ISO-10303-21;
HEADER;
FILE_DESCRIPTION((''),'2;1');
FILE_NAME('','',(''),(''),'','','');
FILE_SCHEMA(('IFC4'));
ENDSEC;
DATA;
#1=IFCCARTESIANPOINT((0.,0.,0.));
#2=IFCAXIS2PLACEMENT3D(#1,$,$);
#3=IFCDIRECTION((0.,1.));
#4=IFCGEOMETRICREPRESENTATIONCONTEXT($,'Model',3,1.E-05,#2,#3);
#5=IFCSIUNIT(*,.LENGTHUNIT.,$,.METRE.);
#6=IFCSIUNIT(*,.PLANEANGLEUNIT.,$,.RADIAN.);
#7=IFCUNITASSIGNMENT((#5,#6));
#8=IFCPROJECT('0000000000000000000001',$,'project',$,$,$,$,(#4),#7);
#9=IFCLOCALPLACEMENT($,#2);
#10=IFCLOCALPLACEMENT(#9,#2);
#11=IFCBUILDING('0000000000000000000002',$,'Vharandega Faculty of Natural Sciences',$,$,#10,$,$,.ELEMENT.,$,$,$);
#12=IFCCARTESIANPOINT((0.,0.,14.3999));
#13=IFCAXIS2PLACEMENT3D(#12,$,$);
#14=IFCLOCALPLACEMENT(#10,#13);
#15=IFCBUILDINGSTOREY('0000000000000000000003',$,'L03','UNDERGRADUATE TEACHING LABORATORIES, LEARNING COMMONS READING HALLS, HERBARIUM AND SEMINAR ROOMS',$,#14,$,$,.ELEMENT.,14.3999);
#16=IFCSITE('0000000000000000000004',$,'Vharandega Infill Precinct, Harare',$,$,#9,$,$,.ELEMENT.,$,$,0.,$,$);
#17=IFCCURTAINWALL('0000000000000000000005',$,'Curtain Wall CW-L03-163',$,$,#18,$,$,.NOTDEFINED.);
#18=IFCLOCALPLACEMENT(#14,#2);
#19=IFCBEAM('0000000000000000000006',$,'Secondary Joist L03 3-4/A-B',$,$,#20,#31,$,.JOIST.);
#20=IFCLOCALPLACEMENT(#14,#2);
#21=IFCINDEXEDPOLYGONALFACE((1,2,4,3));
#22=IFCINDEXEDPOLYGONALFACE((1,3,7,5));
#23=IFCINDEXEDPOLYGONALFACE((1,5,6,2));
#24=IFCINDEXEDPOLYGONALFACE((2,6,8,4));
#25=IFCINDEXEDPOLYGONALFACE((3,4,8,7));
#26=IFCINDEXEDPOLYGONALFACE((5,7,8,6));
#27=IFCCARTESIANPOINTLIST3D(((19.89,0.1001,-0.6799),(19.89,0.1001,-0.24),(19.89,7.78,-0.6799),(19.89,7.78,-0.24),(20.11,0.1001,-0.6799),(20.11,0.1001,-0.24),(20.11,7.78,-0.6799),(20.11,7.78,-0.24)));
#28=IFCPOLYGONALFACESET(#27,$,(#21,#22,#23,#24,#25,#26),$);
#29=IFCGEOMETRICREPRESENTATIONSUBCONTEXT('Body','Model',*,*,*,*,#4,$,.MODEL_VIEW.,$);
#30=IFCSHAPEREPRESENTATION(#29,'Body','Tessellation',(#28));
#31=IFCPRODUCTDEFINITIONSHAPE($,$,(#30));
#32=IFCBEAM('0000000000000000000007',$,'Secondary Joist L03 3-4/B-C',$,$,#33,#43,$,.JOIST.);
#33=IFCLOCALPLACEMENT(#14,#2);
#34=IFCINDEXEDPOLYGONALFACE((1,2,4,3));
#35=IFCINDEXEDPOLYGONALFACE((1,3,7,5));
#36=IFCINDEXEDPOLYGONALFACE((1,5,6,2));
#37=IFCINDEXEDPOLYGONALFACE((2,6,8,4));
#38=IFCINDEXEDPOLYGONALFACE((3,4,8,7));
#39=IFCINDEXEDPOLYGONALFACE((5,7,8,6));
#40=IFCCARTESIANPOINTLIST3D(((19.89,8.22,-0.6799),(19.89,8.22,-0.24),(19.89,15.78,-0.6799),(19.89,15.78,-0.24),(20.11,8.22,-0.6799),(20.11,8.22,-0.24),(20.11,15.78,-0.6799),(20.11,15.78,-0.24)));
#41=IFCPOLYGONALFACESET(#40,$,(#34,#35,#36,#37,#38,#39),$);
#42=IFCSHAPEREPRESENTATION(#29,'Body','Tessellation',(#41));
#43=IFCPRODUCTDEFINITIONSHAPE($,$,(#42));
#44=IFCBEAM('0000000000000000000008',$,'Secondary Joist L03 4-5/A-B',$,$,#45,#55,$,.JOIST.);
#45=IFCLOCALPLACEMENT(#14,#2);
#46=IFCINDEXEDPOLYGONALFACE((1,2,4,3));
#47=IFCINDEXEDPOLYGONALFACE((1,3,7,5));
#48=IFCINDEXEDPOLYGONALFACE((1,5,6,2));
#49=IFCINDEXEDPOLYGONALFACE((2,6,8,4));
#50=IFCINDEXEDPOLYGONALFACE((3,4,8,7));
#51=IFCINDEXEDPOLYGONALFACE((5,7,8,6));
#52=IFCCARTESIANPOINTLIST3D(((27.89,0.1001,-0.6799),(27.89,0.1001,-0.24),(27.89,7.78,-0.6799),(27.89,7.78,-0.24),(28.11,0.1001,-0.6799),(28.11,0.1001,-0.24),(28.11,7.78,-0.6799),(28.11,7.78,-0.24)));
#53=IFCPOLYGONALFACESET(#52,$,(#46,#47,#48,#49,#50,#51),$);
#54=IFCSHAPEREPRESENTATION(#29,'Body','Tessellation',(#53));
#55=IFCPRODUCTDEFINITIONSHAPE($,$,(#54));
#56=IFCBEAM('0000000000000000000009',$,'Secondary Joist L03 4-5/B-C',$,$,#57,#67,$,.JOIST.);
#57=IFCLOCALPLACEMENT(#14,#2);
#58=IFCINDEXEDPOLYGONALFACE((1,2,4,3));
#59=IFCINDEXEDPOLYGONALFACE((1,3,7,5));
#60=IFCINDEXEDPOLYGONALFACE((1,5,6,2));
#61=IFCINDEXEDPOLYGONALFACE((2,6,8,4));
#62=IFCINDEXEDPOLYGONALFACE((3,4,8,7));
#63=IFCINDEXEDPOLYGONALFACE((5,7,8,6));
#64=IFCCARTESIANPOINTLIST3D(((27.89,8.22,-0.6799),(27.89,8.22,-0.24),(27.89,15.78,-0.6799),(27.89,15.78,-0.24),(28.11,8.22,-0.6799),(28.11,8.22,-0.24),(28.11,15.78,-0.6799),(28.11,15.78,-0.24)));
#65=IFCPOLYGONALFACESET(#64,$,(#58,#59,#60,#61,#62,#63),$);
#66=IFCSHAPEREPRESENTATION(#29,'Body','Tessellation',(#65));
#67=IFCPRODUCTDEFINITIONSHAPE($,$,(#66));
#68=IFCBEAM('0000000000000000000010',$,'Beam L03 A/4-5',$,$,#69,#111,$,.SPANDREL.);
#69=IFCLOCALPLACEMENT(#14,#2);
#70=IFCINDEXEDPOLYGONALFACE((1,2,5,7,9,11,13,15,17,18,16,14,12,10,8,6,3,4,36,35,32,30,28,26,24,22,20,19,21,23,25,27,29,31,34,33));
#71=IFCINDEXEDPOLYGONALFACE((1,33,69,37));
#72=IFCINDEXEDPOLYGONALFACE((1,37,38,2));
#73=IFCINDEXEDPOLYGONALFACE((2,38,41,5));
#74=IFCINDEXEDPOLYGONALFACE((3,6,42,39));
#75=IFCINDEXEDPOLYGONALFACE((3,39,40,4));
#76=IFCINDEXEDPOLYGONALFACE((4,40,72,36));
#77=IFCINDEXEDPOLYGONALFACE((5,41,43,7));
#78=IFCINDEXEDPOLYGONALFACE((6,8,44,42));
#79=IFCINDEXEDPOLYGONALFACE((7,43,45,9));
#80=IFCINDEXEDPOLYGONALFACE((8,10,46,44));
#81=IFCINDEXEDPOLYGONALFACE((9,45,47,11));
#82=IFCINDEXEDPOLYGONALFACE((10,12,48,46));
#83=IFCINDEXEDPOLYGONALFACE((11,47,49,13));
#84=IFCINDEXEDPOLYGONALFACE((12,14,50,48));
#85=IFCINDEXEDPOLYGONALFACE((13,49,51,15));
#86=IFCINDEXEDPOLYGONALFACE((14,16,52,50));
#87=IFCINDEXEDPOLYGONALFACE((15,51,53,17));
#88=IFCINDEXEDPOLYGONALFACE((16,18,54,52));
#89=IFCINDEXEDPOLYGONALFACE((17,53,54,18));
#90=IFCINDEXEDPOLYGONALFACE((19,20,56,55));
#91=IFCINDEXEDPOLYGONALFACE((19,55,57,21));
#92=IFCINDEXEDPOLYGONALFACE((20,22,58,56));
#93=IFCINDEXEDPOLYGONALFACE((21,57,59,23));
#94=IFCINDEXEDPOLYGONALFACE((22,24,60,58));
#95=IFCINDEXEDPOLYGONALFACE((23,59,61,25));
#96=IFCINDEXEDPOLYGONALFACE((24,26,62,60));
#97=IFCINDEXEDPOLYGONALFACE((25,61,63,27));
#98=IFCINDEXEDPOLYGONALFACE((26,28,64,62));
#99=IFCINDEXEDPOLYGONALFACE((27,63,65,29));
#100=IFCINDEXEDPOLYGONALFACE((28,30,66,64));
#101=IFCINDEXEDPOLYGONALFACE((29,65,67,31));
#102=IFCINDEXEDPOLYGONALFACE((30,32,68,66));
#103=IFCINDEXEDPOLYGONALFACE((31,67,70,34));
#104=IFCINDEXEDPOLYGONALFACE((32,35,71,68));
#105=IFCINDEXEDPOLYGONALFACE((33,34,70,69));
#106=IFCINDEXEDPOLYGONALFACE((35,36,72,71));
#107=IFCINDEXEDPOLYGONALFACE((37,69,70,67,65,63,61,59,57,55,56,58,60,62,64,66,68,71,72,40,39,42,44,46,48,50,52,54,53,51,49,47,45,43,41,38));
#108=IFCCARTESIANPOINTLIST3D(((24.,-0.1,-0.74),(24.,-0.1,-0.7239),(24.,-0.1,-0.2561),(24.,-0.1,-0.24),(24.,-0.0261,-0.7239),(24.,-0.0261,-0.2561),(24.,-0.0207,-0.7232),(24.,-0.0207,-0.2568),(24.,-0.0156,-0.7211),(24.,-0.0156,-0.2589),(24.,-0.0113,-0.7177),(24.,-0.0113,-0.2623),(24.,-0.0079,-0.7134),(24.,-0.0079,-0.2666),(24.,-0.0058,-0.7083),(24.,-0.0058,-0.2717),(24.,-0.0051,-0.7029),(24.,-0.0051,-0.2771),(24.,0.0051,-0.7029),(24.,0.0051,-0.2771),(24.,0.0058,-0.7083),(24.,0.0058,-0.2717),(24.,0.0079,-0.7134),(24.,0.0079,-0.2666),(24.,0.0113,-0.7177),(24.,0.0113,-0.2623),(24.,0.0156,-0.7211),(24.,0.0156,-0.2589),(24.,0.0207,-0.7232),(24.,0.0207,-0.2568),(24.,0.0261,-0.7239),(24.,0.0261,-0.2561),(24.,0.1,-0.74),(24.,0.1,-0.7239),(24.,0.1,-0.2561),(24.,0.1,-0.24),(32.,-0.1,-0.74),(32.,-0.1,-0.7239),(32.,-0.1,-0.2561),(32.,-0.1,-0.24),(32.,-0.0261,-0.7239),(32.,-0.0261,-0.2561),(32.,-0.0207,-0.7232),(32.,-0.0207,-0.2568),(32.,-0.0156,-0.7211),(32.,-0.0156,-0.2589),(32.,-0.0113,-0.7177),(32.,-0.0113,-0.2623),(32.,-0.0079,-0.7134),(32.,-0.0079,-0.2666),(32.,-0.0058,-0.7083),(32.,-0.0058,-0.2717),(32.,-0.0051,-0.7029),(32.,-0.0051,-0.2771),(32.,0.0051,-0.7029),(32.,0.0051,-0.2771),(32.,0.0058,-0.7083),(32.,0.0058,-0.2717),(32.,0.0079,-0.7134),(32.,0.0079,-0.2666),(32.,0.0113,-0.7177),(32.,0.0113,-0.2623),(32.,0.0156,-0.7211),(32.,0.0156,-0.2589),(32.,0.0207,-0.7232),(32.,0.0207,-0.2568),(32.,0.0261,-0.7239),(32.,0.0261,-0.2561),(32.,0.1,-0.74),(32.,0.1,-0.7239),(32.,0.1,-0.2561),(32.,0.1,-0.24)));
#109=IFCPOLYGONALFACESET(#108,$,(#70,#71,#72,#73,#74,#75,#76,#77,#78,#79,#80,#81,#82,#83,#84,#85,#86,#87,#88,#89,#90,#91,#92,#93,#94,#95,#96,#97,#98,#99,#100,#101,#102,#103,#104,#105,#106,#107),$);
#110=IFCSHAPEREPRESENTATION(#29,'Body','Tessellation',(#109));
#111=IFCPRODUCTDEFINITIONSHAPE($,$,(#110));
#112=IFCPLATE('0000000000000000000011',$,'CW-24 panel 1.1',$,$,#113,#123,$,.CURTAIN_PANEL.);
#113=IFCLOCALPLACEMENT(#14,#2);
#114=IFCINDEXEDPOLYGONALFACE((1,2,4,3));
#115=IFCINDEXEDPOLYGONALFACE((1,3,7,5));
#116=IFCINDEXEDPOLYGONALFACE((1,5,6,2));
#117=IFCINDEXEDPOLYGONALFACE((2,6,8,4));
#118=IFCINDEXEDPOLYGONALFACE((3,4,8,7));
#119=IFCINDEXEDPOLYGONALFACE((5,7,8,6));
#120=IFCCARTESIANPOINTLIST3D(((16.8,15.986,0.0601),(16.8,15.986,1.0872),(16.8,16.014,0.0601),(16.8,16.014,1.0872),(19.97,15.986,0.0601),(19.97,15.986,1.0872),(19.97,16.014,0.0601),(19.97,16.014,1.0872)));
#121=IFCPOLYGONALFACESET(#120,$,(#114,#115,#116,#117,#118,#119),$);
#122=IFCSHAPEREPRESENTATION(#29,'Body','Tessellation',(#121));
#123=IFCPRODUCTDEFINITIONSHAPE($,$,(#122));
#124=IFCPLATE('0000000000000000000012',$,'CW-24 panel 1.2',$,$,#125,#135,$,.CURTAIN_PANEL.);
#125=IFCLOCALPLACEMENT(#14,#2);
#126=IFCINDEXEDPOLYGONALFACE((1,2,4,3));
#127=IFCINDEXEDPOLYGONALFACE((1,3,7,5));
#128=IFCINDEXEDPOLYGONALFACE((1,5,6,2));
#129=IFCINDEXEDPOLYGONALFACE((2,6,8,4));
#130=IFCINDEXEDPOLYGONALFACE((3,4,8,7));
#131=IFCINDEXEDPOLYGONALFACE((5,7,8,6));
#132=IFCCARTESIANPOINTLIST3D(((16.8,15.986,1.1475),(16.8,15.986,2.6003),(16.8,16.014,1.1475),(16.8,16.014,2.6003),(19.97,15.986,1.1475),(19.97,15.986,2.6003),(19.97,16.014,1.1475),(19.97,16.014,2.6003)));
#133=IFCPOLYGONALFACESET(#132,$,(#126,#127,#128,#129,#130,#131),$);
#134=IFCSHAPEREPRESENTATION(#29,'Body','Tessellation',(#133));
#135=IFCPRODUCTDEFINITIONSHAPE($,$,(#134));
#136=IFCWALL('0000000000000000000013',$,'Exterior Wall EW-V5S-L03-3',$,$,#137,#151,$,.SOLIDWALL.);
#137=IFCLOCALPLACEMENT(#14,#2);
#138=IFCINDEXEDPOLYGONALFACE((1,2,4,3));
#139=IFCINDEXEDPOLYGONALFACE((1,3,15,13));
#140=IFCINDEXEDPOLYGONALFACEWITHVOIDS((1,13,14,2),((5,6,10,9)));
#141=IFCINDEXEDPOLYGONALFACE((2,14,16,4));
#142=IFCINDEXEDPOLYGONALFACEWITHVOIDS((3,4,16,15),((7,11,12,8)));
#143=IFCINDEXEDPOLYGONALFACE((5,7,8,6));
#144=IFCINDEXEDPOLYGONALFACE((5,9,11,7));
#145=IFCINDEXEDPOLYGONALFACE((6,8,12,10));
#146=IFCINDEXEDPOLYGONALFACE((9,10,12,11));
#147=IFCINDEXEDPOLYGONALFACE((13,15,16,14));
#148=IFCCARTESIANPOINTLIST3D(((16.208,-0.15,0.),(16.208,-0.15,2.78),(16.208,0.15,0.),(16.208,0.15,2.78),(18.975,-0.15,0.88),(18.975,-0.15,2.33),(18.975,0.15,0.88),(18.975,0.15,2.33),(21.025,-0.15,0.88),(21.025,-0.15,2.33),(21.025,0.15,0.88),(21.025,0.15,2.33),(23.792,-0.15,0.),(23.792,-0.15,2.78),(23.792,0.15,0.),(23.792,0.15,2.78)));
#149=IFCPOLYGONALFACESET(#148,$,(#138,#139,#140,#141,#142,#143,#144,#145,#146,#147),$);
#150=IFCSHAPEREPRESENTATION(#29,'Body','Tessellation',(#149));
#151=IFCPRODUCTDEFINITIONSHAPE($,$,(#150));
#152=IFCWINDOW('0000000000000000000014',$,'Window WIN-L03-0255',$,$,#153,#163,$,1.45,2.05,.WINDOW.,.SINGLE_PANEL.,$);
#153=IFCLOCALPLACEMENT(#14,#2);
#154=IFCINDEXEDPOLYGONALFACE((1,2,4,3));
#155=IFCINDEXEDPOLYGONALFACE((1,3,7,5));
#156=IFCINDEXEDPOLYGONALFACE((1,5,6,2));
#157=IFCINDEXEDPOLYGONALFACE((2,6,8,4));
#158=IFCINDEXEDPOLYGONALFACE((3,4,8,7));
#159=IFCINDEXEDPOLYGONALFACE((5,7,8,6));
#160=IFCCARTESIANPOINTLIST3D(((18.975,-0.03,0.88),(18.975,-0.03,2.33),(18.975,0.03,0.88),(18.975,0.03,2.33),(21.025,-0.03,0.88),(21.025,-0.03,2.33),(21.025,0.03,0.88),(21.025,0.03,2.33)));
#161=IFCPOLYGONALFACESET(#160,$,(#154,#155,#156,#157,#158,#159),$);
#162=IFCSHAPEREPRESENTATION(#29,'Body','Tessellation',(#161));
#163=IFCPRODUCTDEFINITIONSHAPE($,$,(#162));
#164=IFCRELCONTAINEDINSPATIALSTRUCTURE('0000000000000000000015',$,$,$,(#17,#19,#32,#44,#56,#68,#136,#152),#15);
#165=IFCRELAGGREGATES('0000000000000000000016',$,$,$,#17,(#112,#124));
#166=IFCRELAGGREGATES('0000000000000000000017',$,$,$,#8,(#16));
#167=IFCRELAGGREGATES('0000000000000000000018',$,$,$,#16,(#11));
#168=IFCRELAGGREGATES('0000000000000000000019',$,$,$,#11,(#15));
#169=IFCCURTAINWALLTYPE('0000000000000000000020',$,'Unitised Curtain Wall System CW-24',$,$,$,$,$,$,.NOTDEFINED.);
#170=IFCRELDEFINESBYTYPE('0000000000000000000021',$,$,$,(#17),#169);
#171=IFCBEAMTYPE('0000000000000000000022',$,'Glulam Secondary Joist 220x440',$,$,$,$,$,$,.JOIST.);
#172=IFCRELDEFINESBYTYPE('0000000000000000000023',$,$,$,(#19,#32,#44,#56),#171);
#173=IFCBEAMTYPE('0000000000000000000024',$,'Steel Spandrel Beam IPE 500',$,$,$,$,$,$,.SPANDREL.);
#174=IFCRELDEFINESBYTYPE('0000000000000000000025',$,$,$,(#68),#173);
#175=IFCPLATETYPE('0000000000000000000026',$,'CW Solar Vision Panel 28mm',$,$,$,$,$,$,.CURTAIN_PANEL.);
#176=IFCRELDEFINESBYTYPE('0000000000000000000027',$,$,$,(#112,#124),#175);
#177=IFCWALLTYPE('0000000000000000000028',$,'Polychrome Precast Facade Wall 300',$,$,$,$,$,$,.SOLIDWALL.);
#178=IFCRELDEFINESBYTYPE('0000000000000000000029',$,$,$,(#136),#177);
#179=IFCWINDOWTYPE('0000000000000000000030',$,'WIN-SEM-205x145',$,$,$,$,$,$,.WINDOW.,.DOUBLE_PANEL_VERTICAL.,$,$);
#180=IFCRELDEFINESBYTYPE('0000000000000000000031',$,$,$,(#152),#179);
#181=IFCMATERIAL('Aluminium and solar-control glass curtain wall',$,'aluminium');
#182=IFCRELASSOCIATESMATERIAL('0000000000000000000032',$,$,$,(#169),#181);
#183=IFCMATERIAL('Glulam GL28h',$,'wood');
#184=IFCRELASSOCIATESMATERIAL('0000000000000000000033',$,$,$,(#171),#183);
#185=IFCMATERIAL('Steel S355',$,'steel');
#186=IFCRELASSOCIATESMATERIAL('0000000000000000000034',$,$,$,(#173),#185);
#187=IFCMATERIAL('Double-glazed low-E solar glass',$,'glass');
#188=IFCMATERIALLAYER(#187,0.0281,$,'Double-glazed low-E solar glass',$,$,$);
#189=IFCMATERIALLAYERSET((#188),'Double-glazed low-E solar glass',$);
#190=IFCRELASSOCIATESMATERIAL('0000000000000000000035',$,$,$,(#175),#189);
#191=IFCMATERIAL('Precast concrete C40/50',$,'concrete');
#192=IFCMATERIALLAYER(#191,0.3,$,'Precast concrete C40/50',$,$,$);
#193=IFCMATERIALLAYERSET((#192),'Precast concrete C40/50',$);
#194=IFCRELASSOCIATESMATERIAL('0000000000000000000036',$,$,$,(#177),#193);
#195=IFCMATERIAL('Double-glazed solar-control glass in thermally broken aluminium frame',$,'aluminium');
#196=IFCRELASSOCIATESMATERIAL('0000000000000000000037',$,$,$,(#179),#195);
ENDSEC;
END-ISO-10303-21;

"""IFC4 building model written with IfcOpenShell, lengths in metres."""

from ifc_helpers import new_model, si_unit, direction, frame, frame_2d, origin, origin_2d, place, context, subcontext, project, spatial, rectangle, i_section, extrude, material, layer, layer_set, material_profile, profile_set, type_object, element, fill, aggregate, save


model = new_model("IFC4")

# Units and contexts
model_context = context("Model", 3, precision=1e-05, world=origin(), true_north=direction((0.0, 1.0)))
body_context = subcontext(model_context, "Body", "Model", "MODEL_VIEW")
ifc_project = project(units=[si_unit("LENGTHUNIT", "METRE"), si_unit("PLANEANGLEUNIT", "RADIAN")], contexts=[model_context])

# Site, building, storey
site_placement = place(None, origin())
site = spatial("IfcSite", under=ifc_project, at=site_placement, Name="Vharandega Infill Precinct, Harare", CompositionType="ELEMENT", RefElevation=0.0)
building_placement = place(site_placement, origin())
building = spatial("IfcBuilding", under=site, at=building_placement, Name="Vharandega Faculty of Natural Sciences", CompositionType="ELEMENT")
storey_placement = place(building_placement, frame((0.0, 0.0, 14.3999)))
storey = spatial("IfcBuildingStorey", under=building, at=storey_placement, Name="L03", Description="UNDERGRADUATE TEACHING LABORATORIES, LEARNING COMMONS READING HALLS, HERBARIUM AND SEMINAR ROOMS", CompositionType="ELEMENT", Elevation=14.3999)

# Curtain wall
ifc_material_1 = material(Name="Aluminium and solar-control glass curtain wall", Category="aluminium")
curtain_wall_type = type_object("IfcCurtainWallType", Name="Unitised Curtain Wall System CW-24", PredefinedType="NOTDEFINED", material=ifc_material_1)
curtain_wall_placement = place(storey_placement, origin())
curtain_wall = element("IfcCurtainWall", 1, at=curtain_wall_placement, inside=storey, type_object=curtain_wall_type, Name="Curtain Wall CW-L03-163", PredefinedType="NOTDEFINED")

# Beams
ifc_material_2 = material(Name="Glulam GL28h", Category="wood")
ifc_material_profile_1 = material_profile(ifc_material_2, rectangle(XDim=0.22, YDim=0.4399, at=origin_2d()), Name="GL28h 220x440")
ifc_profile_set_1 = profile_set([ifc_material_profile_1], Name="Glulam GL28h")
beam_type_1 = type_object("IfcBeamType", Name="Glulam Secondary Joist 220x440", PredefinedType="JOIST", material=ifc_profile_set_1)
beam_1_placement = place(storey_placement, frame((20.0, 0.1001, -0.46), z_axis=(0.0, 1.0, 0.0), x_axis=(-1.0, 0.0, 0.0)))
element("IfcBeam", 2, at=beam_1_placement, inside=storey, type_object=beam_type_1, Name="Secondary Joist L03 3-4/A-B", PredefinedType="JOIST", context=body_context, shape_type="SweptSolid", body=[
    extrude(rectangle(XDim=0.22, YDim=0.4399, at=origin_2d()), origin(), (0.0, 0.0, 1.0), 7.6799),
])
beam_2_placement = place(storey_placement, frame((20.0, 8.22, -0.46), z_axis=(0.0, 1.0, 0.0), x_axis=(-1.0, 0.0, 0.0)))
element("IfcBeam", 3, at=beam_2_placement, inside=storey, type_object=beam_type_1, Name="Secondary Joist L03 3-4/B-C", PredefinedType="JOIST", context=body_context, shape_type="SweptSolid", body=[
    extrude(rectangle(XDim=0.22, YDim=0.4399, at=origin_2d()), origin(), (0.0, 0.0, 1.0), 7.5601),
])
beam_3_placement = place(storey_placement, frame((28.0, 0.1001, -0.46), z_axis=(0.0, 1.0, 0.0), x_axis=(-1.0, 0.0, 0.0)))
element("IfcBeam", 4, at=beam_3_placement, inside=storey, type_object=beam_type_1, Name="Secondary Joist L03 4-5/A-B", PredefinedType="JOIST", context=body_context, shape_type="SweptSolid", body=[
    extrude(rectangle(XDim=0.22, YDim=0.4399, at=origin_2d()), origin(), (0.0, 0.0, 1.0), 7.6799),
])
beam_4_placement = place(storey_placement, frame((28.0, 8.22, -0.46), z_axis=(0.0, 1.0, 0.0), x_axis=(-1.0, 0.0, 0.0)))
element("IfcBeam", 5, at=beam_4_placement, inside=storey, type_object=beam_type_1, Name="Secondary Joist L03 4-5/B-C", PredefinedType="JOIST", context=body_context, shape_type="SweptSolid", body=[
    extrude(rectangle(XDim=0.22, YDim=0.4399, at=origin_2d()), origin(), (0.0, 0.0, 1.0), 7.5601),
])
ifc_material_3 = material(Name="Steel S355", Category="steel")
ifc_material_profile_2 = material_profile(ifc_material_3, i_section(OverallWidth=0.2, OverallDepth=0.5, WebThickness=0.0103, FlangeThickness=0.0161, FilletRadius=0.021, at=origin_2d()), Name="IPE 500")
ifc_profile_set_2 = profile_set([ifc_material_profile_2], Name="Steel S355")
beam_type_2 = type_object("IfcBeamType", Name="Steel Spandrel Beam IPE 500", PredefinedType="SPANDREL", material=ifc_profile_set_2)
beam_5_placement = place(storey_placement, frame((24.0, 0.0, -0.49), z_axis=(1.0, 0.0, 0.0), x_axis=(0.0, 1.0, 0.0)))
element("IfcBeam", 6, at=beam_5_placement, inside=storey, type_object=beam_type_2, Name="Beam L03 A/4-5", PredefinedType="SPANDREL", context=body_context, shape_type="SweptSolid", body=[
    extrude(i_section(OverallWidth=0.2, OverallDepth=0.5, WebThickness=0.0103, FlangeThickness=0.0161, FilletRadius=0.021, at=origin_2d()), origin(), (0.0, 0.0, 1.0), 8.0),
])

# Plates
ifc_material_4 = material(Name="Double-glazed low-E solar glass", Category="glass")
ifc_layer_1 = layer(ifc_material_4, 0.0281, Name="Double-glazed low-E solar glass")
ifc_layer_set_1 = layer_set([ifc_layer_1], Name="Double-glazed low-E solar glass")
plate_type = type_object("IfcPlateType", Name="CW Solar Vision Panel 28mm", PredefinedType="CURTAIN_PANEL", material=ifc_layer_set_1)
plate_1_placement = place(storey_placement, frame((18.385, 16.0, 0.0601), z_axis=(0.0, 0.0, 1.0), x_axis=(1.0, 0.0, 0.0)))
plate_1 = element("IfcPlate", 7, at=plate_1_placement, type_object=plate_type, Name="CW-24 panel 1.1", PredefinedType="CURTAIN_PANEL", context=body_context, shape_type="SweptSolid", body=[
    extrude(rectangle(XDim=3.1699, YDim=0.0281, at=origin_2d()), origin(), (0.0, 0.0, 1.0), 1.0271),
])
plate_2_placement = place(storey_placement, frame((18.385, 16.0, 1.1475), z_axis=(0.0, 0.0, 1.0), x_axis=(1.0, 0.0, 0.0)))
plate_2 = element("IfcPlate", 8, at=plate_2_placement, type_object=plate_type, Name="CW-24 panel 1.2", PredefinedType="CURTAIN_PANEL", context=body_context, shape_type="SweptSolid", body=[
    extrude(rectangle(XDim=3.1699, YDim=0.0281, at=origin_2d()), origin(), (0.0, 0.0, 1.0), 1.4529),
])
aggregate(curtain_wall, [plate_1, plate_2])

# Wall, opening, window
ifc_material_5 = material(Name="Precast concrete C40/50", Category="concrete")
ifc_layer_2 = layer(ifc_material_5, 0.3, Name="Precast concrete C40/50")
ifc_layer_set_2 = layer_set([ifc_layer_2], Name="Precast concrete C40/50")
wall_type = type_object("IfcWallType", Name="Polychrome Precast Facade Wall 300", PredefinedType="SOLIDWALL", material=ifc_layer_set_2)
wall_placement = place(storey_placement, frame((23.792, 0.0, 0.0), z_axis=(0.0, 0.0, 1.0), x_axis=(-1.0, 0.0, 0.0)))
wall = element("IfcWall", 9, at=wall_placement, inside=storey, type_object=wall_type, Name="Exterior Wall EW-V5S-L03-3", PredefinedType="SOLIDWALL", context=body_context, shape_type="SweptSolid", body=[
    extrude(rectangle(XDim=7.584, YDim=0.3, at=frame_2d((3.792, 0.0))), origin(), (0.0, 0.0, 1.0), 2.78),
])
opening_placement = place(wall_placement, frame((2.7671, 0.0, 0.8799)))
opening = element("IfcOpeningElement", 10, at=opening_placement, cuts=wall, PredefinedType="OPENING", context=body_context, shape_type="SweptSolid", body=[
    extrude(rectangle(XDim=2.05, YDim=1.45, at=frame_2d((1.0249, 0.7251))), frame((0.0, 0.1602, 0.0), z_axis=(0.0, -1.0, 0.0), x_axis=(1.0, 0.0, 0.0)), (0.0, 0.0, 1.0), 0.3201),
])
ifc_material_6 = material(Name="Double-glazed solar-control glass in thermally broken aluminium frame", Category="aluminium")
window_type = type_object("IfcWindowType", Name="WIN-SEM-205x145", PartitioningType="DOUBLE_PANEL_VERTICAL", PredefinedType="WINDOW", material=ifc_material_6)
window_placement = place(opening_placement, origin())
window = element("IfcWindow", 11, at=window_placement, inside=storey, type_object=window_type, Name="Window WIN-L03-0255", OverallHeight=1.45, OverallWidth=2.05, PartitioningType="SINGLE_PANEL", PredefinedType="WINDOW", context=body_context, shape_type="SweptSolid", body=[
    extrude(rectangle(XDim=2.05, YDim=1.45, at=frame_2d((1.0249, 0.7251))), frame((0.0, 0.03, 0.0), z_axis=(0.0, -1.0, 0.0), x_axis=(1.0, 0.0, 0.0)), (0.0, 0.0, 1.0), 0.0601),
])
fill(opening, window)

save(model, "model.ifc")
